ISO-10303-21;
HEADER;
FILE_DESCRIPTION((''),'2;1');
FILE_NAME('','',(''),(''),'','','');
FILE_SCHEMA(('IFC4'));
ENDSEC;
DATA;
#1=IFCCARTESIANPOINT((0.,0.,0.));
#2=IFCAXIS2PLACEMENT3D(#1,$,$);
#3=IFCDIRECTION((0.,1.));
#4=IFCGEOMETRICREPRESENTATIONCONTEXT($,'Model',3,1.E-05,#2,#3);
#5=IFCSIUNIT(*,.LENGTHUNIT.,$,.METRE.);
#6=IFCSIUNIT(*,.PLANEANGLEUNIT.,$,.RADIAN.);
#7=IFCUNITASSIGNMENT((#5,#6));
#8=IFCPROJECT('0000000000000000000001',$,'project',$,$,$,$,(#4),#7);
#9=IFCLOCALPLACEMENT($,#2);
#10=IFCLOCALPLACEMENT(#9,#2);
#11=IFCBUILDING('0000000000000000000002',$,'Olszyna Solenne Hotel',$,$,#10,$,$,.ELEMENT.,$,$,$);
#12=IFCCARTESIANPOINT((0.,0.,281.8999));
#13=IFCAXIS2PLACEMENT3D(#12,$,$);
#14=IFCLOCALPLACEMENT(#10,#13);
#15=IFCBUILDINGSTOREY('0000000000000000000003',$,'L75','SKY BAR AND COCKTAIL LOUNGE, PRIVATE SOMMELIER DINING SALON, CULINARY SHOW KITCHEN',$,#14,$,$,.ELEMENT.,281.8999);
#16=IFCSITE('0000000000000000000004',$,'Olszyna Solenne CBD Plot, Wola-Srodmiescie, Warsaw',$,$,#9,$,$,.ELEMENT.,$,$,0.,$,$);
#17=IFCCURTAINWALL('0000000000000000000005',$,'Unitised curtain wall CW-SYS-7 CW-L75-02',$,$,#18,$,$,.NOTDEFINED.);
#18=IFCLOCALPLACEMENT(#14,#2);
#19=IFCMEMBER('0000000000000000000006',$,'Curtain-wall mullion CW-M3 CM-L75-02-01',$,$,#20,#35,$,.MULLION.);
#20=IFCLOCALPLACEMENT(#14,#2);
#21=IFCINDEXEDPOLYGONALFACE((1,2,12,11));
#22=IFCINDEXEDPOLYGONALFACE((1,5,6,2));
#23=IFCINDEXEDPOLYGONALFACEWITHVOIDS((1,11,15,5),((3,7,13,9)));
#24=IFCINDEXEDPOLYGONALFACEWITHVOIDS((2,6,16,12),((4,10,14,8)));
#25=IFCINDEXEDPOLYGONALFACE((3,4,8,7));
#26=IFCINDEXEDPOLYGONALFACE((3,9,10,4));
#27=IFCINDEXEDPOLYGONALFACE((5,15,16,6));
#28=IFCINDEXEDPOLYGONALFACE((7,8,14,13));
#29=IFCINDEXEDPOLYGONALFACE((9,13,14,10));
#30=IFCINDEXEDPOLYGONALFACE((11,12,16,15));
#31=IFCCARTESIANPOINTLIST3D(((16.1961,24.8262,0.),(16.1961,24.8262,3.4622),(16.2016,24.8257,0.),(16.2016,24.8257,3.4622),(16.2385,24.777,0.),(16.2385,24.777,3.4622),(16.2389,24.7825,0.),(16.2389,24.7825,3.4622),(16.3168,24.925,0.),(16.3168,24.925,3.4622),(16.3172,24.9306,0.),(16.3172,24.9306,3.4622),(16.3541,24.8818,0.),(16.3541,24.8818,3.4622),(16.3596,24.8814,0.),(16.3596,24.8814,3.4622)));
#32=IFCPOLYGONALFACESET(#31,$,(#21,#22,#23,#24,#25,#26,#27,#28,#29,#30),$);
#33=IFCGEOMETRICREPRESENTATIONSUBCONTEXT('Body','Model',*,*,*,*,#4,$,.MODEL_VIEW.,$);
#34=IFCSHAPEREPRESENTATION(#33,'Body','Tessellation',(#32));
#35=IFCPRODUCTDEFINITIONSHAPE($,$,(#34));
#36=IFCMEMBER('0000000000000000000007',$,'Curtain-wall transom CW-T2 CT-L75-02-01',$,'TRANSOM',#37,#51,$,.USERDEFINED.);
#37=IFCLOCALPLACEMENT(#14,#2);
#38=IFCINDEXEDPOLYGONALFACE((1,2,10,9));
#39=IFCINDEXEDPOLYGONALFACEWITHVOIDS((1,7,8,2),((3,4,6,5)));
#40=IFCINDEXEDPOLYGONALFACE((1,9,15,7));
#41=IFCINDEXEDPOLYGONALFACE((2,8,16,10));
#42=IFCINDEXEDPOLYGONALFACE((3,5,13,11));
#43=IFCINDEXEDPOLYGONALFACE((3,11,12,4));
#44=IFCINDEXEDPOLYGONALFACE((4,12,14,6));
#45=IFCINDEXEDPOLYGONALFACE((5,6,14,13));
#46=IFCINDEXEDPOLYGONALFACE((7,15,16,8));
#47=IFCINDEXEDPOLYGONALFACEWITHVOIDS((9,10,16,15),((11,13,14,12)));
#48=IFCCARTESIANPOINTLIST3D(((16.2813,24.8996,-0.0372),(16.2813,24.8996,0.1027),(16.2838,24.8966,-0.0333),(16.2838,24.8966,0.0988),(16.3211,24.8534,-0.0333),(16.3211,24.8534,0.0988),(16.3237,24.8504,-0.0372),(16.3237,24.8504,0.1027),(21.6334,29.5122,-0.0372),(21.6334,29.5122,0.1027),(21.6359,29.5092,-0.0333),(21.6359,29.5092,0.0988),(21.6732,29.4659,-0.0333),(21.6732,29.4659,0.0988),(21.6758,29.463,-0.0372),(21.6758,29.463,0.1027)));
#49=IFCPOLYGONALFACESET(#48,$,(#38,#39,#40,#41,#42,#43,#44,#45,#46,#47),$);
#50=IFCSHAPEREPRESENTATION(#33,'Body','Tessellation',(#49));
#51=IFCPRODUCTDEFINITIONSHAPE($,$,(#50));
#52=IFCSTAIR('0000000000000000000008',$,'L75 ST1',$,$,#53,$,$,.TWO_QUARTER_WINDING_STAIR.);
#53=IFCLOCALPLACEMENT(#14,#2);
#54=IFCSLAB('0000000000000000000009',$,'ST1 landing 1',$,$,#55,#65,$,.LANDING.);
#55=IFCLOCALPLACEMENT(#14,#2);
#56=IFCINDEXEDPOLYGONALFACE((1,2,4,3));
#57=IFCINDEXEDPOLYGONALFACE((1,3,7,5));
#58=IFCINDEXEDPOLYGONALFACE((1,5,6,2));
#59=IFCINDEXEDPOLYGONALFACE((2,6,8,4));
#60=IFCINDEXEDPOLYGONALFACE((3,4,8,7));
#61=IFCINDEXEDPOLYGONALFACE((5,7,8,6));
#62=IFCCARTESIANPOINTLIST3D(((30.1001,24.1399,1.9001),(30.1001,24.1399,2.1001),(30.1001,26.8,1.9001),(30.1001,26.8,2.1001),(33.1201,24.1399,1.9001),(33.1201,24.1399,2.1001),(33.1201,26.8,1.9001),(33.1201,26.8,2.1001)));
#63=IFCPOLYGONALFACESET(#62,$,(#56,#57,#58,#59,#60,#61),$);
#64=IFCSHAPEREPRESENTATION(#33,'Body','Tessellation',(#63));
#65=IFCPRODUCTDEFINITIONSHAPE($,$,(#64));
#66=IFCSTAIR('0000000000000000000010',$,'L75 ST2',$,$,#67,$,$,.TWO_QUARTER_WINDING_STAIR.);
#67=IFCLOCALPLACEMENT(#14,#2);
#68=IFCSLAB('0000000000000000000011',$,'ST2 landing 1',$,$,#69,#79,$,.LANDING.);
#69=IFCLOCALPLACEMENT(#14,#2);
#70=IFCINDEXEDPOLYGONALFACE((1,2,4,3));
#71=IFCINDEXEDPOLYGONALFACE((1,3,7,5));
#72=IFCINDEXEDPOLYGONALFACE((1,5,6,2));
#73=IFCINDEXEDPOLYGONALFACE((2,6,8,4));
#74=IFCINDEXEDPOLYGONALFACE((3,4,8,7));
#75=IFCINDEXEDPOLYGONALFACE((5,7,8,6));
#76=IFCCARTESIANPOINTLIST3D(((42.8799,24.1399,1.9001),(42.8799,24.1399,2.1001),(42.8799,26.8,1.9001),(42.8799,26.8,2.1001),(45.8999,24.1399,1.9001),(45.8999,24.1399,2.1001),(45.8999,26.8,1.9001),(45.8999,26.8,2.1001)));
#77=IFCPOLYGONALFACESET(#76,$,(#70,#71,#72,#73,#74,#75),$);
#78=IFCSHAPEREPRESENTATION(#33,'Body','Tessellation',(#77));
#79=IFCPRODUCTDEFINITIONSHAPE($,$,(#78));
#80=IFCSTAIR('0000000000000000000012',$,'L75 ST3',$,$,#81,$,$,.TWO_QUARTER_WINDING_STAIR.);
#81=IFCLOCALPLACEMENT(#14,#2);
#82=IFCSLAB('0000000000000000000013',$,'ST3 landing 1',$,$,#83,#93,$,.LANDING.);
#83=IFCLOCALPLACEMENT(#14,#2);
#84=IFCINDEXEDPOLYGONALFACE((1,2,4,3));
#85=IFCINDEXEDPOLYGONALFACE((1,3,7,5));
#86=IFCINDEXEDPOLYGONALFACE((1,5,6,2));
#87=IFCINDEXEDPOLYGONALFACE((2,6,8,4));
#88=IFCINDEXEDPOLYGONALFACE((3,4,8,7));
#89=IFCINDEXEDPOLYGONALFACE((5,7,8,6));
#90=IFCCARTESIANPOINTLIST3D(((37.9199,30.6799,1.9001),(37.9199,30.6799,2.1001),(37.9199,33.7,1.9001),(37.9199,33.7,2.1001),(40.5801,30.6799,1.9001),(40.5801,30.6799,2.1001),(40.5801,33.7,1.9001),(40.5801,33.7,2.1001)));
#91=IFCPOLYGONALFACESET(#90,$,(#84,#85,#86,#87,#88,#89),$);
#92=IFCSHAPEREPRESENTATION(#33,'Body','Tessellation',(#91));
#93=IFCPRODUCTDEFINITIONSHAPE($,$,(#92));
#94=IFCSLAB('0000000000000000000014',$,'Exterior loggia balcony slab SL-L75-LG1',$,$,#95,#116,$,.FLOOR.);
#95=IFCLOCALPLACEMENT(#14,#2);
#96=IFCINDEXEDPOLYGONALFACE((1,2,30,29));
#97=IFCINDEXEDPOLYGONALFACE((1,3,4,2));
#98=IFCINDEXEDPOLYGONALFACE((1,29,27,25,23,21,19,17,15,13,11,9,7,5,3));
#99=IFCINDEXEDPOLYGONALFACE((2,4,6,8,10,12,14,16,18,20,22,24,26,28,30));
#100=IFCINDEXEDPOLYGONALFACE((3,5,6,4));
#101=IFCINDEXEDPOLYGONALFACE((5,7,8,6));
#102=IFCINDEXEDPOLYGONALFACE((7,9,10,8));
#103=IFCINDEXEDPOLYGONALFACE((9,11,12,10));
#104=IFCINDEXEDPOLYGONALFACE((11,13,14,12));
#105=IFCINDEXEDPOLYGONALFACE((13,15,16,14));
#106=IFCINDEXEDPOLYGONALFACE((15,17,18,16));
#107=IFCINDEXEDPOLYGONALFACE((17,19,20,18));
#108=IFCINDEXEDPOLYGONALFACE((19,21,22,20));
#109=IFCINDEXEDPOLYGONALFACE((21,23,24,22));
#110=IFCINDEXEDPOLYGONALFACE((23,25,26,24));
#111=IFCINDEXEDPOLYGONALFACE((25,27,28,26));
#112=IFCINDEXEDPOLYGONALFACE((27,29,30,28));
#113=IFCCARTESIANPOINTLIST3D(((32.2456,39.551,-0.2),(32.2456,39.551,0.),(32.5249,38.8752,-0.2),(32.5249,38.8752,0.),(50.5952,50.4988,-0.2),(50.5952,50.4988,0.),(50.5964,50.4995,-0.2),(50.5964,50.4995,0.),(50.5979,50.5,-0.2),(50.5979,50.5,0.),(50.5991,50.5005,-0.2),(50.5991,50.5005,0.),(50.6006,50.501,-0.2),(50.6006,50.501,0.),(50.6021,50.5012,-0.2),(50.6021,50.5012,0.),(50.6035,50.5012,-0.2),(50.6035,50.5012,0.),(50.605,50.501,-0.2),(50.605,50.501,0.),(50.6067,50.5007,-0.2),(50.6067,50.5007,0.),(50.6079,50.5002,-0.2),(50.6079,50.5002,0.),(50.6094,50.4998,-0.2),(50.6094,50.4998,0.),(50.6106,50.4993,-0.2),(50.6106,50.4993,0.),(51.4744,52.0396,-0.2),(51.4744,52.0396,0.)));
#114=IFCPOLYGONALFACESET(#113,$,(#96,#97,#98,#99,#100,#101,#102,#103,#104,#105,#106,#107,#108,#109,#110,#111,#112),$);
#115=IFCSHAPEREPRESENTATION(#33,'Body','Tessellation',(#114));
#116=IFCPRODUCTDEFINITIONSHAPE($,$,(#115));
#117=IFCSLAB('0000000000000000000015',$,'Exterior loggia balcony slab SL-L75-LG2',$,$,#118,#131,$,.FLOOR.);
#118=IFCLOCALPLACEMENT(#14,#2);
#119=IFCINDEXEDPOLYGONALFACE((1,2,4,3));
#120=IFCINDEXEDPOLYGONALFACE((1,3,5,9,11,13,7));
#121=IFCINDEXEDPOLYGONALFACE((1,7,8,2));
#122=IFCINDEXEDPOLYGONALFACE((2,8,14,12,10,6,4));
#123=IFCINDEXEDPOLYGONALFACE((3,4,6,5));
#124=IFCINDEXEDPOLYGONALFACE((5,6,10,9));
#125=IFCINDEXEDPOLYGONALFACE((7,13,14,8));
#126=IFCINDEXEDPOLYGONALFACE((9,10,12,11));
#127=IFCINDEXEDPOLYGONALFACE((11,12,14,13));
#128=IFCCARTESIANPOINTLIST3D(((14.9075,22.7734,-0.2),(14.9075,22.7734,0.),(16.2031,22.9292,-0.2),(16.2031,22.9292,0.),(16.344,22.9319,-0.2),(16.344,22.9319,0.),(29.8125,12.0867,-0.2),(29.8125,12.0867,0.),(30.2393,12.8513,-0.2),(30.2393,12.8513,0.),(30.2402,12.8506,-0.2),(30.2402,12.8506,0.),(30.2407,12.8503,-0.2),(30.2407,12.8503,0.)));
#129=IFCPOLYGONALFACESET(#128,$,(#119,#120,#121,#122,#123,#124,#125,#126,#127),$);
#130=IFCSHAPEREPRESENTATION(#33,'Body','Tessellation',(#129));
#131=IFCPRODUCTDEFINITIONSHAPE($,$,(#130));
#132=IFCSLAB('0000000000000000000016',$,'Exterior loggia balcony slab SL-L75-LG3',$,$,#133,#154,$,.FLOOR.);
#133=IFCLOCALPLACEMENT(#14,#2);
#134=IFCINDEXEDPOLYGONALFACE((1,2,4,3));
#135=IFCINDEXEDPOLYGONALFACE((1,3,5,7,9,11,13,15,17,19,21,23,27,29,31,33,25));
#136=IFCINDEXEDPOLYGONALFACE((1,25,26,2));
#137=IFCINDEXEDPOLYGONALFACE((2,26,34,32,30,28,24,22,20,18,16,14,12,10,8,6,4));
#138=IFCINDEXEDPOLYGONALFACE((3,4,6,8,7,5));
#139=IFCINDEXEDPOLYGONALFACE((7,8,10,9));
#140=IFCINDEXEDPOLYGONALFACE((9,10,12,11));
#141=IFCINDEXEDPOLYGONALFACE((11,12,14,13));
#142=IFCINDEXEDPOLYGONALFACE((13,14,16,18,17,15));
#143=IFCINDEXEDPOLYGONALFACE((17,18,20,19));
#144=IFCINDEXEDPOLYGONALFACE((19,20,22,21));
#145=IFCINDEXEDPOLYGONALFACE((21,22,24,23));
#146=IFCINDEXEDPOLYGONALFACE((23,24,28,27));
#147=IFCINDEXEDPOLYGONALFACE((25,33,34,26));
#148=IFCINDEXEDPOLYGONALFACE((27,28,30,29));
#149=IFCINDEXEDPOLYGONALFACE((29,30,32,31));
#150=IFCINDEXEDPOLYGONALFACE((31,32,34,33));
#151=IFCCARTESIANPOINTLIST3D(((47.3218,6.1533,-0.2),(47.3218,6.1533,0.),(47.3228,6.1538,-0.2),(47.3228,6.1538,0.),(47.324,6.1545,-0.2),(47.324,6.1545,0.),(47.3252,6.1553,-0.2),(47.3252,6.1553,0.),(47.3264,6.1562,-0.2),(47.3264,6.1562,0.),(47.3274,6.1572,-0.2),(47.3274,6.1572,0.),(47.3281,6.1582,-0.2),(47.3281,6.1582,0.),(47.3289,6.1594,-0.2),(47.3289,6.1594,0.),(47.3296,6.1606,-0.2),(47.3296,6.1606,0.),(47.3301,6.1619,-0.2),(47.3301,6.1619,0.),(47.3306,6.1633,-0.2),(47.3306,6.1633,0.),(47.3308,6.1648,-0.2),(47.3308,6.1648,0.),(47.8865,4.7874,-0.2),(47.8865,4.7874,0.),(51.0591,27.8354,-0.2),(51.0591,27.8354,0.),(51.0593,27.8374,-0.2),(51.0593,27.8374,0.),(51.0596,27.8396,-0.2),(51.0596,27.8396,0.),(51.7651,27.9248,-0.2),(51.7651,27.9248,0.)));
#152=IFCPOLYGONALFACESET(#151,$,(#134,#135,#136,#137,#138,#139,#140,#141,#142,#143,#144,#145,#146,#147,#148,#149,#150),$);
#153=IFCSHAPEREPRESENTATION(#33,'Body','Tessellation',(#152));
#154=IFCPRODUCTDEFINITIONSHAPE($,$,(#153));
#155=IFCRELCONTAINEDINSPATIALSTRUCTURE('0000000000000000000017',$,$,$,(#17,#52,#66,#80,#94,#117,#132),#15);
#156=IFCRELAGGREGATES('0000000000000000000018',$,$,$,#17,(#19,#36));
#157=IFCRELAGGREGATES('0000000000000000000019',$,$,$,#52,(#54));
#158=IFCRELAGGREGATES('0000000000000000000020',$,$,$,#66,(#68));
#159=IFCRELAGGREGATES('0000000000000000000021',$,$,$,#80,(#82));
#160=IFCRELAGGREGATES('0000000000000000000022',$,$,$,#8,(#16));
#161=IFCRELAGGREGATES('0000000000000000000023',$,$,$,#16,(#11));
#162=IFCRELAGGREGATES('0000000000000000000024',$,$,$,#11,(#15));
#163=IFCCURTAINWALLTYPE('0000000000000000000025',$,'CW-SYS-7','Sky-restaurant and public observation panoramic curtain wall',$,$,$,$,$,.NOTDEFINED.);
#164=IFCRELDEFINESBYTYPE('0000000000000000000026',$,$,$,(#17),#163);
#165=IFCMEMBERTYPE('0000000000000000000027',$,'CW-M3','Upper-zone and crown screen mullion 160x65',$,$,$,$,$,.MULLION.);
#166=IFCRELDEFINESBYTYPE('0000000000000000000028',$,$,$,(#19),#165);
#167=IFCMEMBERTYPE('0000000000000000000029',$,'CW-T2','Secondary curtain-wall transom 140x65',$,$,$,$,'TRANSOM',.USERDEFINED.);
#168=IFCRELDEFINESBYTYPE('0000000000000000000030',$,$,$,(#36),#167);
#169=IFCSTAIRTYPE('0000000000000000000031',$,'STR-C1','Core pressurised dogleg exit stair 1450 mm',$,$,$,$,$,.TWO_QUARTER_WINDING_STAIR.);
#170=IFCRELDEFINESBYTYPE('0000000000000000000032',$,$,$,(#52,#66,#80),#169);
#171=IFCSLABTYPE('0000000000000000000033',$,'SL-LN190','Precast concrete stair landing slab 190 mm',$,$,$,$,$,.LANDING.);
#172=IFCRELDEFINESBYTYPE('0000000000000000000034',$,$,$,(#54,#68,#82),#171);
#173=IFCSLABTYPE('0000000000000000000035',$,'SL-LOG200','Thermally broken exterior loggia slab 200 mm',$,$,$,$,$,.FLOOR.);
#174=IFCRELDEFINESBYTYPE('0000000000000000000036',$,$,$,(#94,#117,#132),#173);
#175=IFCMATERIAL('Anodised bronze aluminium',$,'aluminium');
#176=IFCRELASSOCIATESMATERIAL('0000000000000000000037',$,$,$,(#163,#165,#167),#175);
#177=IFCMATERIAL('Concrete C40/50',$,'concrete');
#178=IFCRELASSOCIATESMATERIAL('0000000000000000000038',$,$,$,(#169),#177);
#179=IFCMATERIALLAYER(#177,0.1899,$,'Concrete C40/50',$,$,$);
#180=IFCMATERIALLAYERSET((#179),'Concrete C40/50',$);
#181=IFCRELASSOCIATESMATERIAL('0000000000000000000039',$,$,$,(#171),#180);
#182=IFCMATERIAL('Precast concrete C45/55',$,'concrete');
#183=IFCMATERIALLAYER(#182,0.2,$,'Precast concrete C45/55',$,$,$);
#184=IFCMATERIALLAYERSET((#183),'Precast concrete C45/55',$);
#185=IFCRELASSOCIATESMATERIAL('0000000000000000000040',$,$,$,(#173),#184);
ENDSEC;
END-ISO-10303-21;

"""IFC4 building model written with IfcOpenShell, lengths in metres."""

from ifc_helpers import new_model, si_unit, direction, frame, origin, origin_2d, place, context, subcontext, project, spatial, polyline, hollow_rectangle, outline, extrude, source, transform, mapped, material, layer, layer_set, material_profile, profile_set, type_object, element, aggregate, save


model = new_model("IFC4")

# Units and contexts
model_context = context("Model", 3, precision=1e-05, world=origin(), true_north=direction((0.0, 1.0)))
body_context = subcontext(model_context, "Body", "Model", "MODEL_VIEW")
ifc_project = project(units=[si_unit("LENGTHUNIT", "METRE"), si_unit("PLANEANGLEUNIT", "RADIAN")], contexts=[model_context])

# Site, building, storey
site_placement = place(None, origin())
site = spatial("IfcSite", under=ifc_project, at=site_placement, Name="Olszyna Solenne CBD Plot, Wola-Srodmiescie, Warsaw", CompositionType="ELEMENT", RefElevation=0.0)
building_placement = place(site_placement, origin())
building = spatial("IfcBuilding", under=site, at=building_placement, Name="Olszyna Solenne Hotel", CompositionType="ELEMENT")
storey_placement = place(building_placement, frame((0.0, 0.0, 281.8999)))
storey = spatial("IfcBuildingStorey", under=building, at=storey_placement, Name="L75", Description="SKY BAR AND COCKTAIL LOUNGE, PRIVATE SOMMELIER DINING SALON, CULINARY SHOW KITCHEN", CompositionType="ELEMENT", Elevation=281.8999)

# Curtain wall, members
ifc_material_1 = material(Name="Anodised bronze aluminium", Category="aluminium")
curtain_wall_type = type_object("IfcCurtainWallType", Name="CW-SYS-7", Description="Sky-restaurant and public observation panoramic curtain wall", PredefinedType="NOTDEFINED", material=ifc_material_1)
curtain_wall_placement = place(storey_placement, origin())
curtain_wall = element("IfcCurtainWall", 1, at=curtain_wall_placement, inside=storey, type_object=curtain_wall_type, Name="Unitised curtain wall CW-SYS-7 CW-L75-02", PredefinedType="NOTDEFINED")
ifc_material_profile_1 = material_profile(ifc_material_1, hollow_rectangle(XDim=0.0649, YDim=0.1599, WallThickness=0.0039, at=origin_2d()), Name="MULL 160x65x4", Category="load-bearing")
ifc_profile_set_1 = profile_set([ifc_material_profile_1], Name="Anodised bronze aluminium")
member_type_1 = type_object("IfcMemberType", Name="CW-M3", Description="Upper-zone and crown screen mullion 160x65", PredefinedType="MULLION", material=ifc_profile_set_1)
shared_shape_1 = source(origin(), body_context, "Body", "SweptSolid", [
    extrude(hollow_rectangle(XDim=0.0649, YDim=0.1599, WallThickness=0.0039, at=origin_2d()), origin(), (0.0, 0.0, 1.0), 3.4622),
])
member_1_placement = place(storey_placement, frame((16.2778, 24.8538, 0.0), z_axis=(0.0, 0.0, 1.0), x_axis=(-0.65284, 0.757496, 0.0)))
member_1 = element("IfcMember", 2, at=member_1_placement, type_object=member_type_1, Name="Curtain-wall mullion CW-M3 CM-L75-02-01", PredefinedType="MULLION", context=body_context, shape_type="MappedRepresentation", body=[
    mapped(shared_shape_1, transform((0.0, 0.0, 0.0), x_axis=(1.0, 0.0, 0.0), y_axis=(0.0, 1.0, 0.0), z_axis=(0.0, 0.0, 1.0), scale=1.0)),
])
ifc_material_profile_2 = material_profile(ifc_material_1, hollow_rectangle(XDim=0.0649, YDim=0.1399, WallThickness=0.0039, at=origin_2d()), Name="TRAN 140x65x4", Category="load-bearing")
ifc_profile_set_2 = profile_set([ifc_material_profile_2], Name="Anodised bronze aluminium")
member_type_2 = type_object("IfcMemberType", Name="CW-T2", Description="Secondary curtain-wall transom 140x65", ElementType="TRANSOM", PredefinedType="USERDEFINED", material=ifc_profile_set_2)
shared_shape_2 = source(origin(), body_context, "Body", "SweptSolid", [
    extrude(hollow_rectangle(XDim=0.0649, YDim=0.1399, WallThickness=0.0039, at=origin_2d()), origin(), (0.0, 0.0, 1.0), 7.0654),
])
member_2_placement = place(storey_placement, frame((16.3025, 24.875, 0.0327), z_axis=(0.7575, 0.652835, 0.0), x_axis=(-0.652835, 0.7575, 0.0)))
member_2 = element("IfcMember", 3, at=member_2_placement, type_object=member_type_2, Name="Curtain-wall transom CW-T2 CT-L75-02-01", ObjectType="TRANSOM", PredefinedType="USERDEFINED", context=body_context, shape_type="MappedRepresentation", body=[
    mapped(shared_shape_2, transform((0.0, 0.0, 0.0), x_axis=(1.0, 0.0, 0.0), y_axis=(0.0, 1.0, 0.0), z_axis=(0.0, 0.0, 1.0), scale=1.0)),
])
aggregate(curtain_wall, [member_1, member_2])

# Stairs, slabs
ifc_material_2 = material(Name="Concrete C40/50", Category="concrete")
stair_type = type_object("IfcStairType", Name="STR-C1", Description="Core pressurised dogleg exit stair 1450 mm", PredefinedType="TWO_QUARTER_WINDING_STAIR", material=ifc_material_2)
stair_1_placement = place(storey_placement, origin())
stair_1 = element("IfcStair", 4, at=stair_1_placement, inside=storey, type_object=stair_type, Name="L75 ST1", PredefinedType="TWO_QUARTER_WINDING_STAIR")
ifc_layer_1 = layer(ifc_material_2, 0.1899, Name="Concrete C40/50")
ifc_layer_set_1 = layer_set([ifc_layer_1], Name="Concrete C40/50")
slab_type_1 = type_object("IfcSlabType", Name="SL-LN190", Description="Precast concrete stair landing slab 190 mm", PredefinedType="LANDING", material=ifc_layer_set_1)
slab_1_placement = place(storey_placement, frame((0.0, 0.0, 1.9001)))
slab_1 = element("IfcSlab", 5, at=slab_1_placement, type_object=slab_type_1, Name="ST1 landing 1", PredefinedType="LANDING", context=body_context, shape_type="SweptSolid", body=[
    extrude(outline(polyline([(33.1201, 24.1399), (33.1201, 26.8), (30.1001, 26.8), (30.1001, 24.1399), (33.1201, 24.1399)])), origin(), (0.0, 0.0, 1.0), 0.2),
])
aggregate(stair_1, [slab_1])
stair_2_placement = place(storey_placement, origin())
stair_2 = element("IfcStair", 6, at=stair_2_placement, inside=storey, type_object=stair_type, Name="L75 ST2", PredefinedType="TWO_QUARTER_WINDING_STAIR")
slab_2_placement = place(storey_placement, frame((0.0, 0.0, 1.9001)))
slab_2 = element("IfcSlab", 7, at=slab_2_placement, type_object=slab_type_1, Name="ST2 landing 1", PredefinedType="LANDING", context=body_context, shape_type="SweptSolid", body=[
    extrude(outline(polyline([(45.8999, 24.1399), (45.8999, 26.8), (42.8799, 26.8), (42.8799, 24.1399), (45.8999, 24.1399)])), origin(), (0.0, 0.0, 1.0), 0.2),
])
aggregate(stair_2, [slab_2])
stair_3_placement = place(storey_placement, origin())
stair_3 = element("IfcStair", 8, at=stair_3_placement, inside=storey, type_object=stair_type, Name="L75 ST3", PredefinedType="TWO_QUARTER_WINDING_STAIR")
slab_3_placement = place(storey_placement, frame((0.0, 0.0, 1.9001)))
slab_3 = element("IfcSlab", 9, at=slab_3_placement, type_object=slab_type_1, Name="ST3 landing 1", PredefinedType="LANDING", context=body_context, shape_type="SweptSolid", body=[
    extrude(outline(polyline([(37.9199, 30.6799), (40.5801, 30.6799), (40.5801, 33.7), (37.9199, 33.7), (37.9199, 30.6799)])), origin(), (0.0, 0.0, 1.0), 0.2),
])
aggregate(stair_3, [slab_3])

# Slabs
ifc_material_3 = material(Name="Precast concrete C45/55", Category="concrete")
ifc_layer_2 = layer(ifc_material_3, 0.2, Name="Precast concrete C45/55")
ifc_layer_set_2 = layer_set([ifc_layer_2], Name="Precast concrete C45/55")
slab_type_2 = type_object("IfcSlabType", Name="SL-LOG200", Description="Thermally broken exterior loggia slab 200 mm", PredefinedType="FLOOR", material=ifc_layer_set_2)
slab_4_placement = place(storey_placement, frame((0.0, 0.0, -0.2)))
element("IfcSlab", 10, at=slab_4_placement, inside=storey, type_object=slab_type_2, Name="Exterior loggia balcony slab SL-L75-LG1", PredefinedType="FLOOR", context=body_context, shape_type="SweptSolid", body=[
    extrude(outline(polyline([(32.5249, 38.8752), (50.5952, 50.4988), (50.5964, 50.4995), (50.5979, 50.5), (50.5991, 50.5005), (50.6006, 50.501), (50.6021, 50.5012), (50.6035, 50.5012), (50.605, 50.501), (50.6067, 50.5007), (50.6079, 50.5002), (50.6094, 50.4998), (50.6106, 50.4993), (51.4744, 52.0396), (32.2456, 39.551), (32.5249, 38.8752)])), origin(), (0.0, 0.0, 1.0), 0.2),
])
slab_5_placement = place(storey_placement, frame((0.0, 0.0, -0.2)))
element("IfcSlab", 11, at=slab_5_placement, inside=storey, type_object=slab_type_2, Name="Exterior loggia balcony slab SL-L75-LG2", PredefinedType="FLOOR", context=body_context, shape_type="SweptSolid", body=[
    extrude(outline(polyline([(30.2407, 12.8503), (30.2402, 12.8506), (30.2393, 12.8513), (16.344, 22.9319), (16.2031, 22.9292), (14.9075, 22.7734), (29.8125, 12.0867), (30.2407, 12.8503)])), origin(), (0.0, 0.0, 1.0), 0.2),
])
slab_6_placement = place(storey_placement, frame((0.0, 0.0, -0.2)))
element("IfcSlab", 12, at=slab_6_placement, inside=storey, type_object=slab_type_2, Name="Exterior loggia balcony slab SL-L75-LG3", PredefinedType="FLOOR", context=body_context, shape_type="SweptSolid", body=[
    extrude(outline(polyline([(51.0596, 27.8396), (51.0593, 27.8374), (51.0591, 27.8354), (47.3308, 6.1648), (47.3306, 6.1633), (47.3301, 6.1619), (47.3296, 6.1606), (47.3289, 6.1594), (47.3281, 6.1582), (47.3274, 6.1572), (47.3264, 6.1562), (47.3252, 6.1553), (47.324, 6.1545), (47.3228, 6.1538), (47.3218, 6.1533), (47.8865, 4.7874), (51.7651, 27.9248), (51.0596, 27.8396)])), origin(), (0.0, 0.0, 1.0), 0.2),
])

save(model, "model.ifc")
